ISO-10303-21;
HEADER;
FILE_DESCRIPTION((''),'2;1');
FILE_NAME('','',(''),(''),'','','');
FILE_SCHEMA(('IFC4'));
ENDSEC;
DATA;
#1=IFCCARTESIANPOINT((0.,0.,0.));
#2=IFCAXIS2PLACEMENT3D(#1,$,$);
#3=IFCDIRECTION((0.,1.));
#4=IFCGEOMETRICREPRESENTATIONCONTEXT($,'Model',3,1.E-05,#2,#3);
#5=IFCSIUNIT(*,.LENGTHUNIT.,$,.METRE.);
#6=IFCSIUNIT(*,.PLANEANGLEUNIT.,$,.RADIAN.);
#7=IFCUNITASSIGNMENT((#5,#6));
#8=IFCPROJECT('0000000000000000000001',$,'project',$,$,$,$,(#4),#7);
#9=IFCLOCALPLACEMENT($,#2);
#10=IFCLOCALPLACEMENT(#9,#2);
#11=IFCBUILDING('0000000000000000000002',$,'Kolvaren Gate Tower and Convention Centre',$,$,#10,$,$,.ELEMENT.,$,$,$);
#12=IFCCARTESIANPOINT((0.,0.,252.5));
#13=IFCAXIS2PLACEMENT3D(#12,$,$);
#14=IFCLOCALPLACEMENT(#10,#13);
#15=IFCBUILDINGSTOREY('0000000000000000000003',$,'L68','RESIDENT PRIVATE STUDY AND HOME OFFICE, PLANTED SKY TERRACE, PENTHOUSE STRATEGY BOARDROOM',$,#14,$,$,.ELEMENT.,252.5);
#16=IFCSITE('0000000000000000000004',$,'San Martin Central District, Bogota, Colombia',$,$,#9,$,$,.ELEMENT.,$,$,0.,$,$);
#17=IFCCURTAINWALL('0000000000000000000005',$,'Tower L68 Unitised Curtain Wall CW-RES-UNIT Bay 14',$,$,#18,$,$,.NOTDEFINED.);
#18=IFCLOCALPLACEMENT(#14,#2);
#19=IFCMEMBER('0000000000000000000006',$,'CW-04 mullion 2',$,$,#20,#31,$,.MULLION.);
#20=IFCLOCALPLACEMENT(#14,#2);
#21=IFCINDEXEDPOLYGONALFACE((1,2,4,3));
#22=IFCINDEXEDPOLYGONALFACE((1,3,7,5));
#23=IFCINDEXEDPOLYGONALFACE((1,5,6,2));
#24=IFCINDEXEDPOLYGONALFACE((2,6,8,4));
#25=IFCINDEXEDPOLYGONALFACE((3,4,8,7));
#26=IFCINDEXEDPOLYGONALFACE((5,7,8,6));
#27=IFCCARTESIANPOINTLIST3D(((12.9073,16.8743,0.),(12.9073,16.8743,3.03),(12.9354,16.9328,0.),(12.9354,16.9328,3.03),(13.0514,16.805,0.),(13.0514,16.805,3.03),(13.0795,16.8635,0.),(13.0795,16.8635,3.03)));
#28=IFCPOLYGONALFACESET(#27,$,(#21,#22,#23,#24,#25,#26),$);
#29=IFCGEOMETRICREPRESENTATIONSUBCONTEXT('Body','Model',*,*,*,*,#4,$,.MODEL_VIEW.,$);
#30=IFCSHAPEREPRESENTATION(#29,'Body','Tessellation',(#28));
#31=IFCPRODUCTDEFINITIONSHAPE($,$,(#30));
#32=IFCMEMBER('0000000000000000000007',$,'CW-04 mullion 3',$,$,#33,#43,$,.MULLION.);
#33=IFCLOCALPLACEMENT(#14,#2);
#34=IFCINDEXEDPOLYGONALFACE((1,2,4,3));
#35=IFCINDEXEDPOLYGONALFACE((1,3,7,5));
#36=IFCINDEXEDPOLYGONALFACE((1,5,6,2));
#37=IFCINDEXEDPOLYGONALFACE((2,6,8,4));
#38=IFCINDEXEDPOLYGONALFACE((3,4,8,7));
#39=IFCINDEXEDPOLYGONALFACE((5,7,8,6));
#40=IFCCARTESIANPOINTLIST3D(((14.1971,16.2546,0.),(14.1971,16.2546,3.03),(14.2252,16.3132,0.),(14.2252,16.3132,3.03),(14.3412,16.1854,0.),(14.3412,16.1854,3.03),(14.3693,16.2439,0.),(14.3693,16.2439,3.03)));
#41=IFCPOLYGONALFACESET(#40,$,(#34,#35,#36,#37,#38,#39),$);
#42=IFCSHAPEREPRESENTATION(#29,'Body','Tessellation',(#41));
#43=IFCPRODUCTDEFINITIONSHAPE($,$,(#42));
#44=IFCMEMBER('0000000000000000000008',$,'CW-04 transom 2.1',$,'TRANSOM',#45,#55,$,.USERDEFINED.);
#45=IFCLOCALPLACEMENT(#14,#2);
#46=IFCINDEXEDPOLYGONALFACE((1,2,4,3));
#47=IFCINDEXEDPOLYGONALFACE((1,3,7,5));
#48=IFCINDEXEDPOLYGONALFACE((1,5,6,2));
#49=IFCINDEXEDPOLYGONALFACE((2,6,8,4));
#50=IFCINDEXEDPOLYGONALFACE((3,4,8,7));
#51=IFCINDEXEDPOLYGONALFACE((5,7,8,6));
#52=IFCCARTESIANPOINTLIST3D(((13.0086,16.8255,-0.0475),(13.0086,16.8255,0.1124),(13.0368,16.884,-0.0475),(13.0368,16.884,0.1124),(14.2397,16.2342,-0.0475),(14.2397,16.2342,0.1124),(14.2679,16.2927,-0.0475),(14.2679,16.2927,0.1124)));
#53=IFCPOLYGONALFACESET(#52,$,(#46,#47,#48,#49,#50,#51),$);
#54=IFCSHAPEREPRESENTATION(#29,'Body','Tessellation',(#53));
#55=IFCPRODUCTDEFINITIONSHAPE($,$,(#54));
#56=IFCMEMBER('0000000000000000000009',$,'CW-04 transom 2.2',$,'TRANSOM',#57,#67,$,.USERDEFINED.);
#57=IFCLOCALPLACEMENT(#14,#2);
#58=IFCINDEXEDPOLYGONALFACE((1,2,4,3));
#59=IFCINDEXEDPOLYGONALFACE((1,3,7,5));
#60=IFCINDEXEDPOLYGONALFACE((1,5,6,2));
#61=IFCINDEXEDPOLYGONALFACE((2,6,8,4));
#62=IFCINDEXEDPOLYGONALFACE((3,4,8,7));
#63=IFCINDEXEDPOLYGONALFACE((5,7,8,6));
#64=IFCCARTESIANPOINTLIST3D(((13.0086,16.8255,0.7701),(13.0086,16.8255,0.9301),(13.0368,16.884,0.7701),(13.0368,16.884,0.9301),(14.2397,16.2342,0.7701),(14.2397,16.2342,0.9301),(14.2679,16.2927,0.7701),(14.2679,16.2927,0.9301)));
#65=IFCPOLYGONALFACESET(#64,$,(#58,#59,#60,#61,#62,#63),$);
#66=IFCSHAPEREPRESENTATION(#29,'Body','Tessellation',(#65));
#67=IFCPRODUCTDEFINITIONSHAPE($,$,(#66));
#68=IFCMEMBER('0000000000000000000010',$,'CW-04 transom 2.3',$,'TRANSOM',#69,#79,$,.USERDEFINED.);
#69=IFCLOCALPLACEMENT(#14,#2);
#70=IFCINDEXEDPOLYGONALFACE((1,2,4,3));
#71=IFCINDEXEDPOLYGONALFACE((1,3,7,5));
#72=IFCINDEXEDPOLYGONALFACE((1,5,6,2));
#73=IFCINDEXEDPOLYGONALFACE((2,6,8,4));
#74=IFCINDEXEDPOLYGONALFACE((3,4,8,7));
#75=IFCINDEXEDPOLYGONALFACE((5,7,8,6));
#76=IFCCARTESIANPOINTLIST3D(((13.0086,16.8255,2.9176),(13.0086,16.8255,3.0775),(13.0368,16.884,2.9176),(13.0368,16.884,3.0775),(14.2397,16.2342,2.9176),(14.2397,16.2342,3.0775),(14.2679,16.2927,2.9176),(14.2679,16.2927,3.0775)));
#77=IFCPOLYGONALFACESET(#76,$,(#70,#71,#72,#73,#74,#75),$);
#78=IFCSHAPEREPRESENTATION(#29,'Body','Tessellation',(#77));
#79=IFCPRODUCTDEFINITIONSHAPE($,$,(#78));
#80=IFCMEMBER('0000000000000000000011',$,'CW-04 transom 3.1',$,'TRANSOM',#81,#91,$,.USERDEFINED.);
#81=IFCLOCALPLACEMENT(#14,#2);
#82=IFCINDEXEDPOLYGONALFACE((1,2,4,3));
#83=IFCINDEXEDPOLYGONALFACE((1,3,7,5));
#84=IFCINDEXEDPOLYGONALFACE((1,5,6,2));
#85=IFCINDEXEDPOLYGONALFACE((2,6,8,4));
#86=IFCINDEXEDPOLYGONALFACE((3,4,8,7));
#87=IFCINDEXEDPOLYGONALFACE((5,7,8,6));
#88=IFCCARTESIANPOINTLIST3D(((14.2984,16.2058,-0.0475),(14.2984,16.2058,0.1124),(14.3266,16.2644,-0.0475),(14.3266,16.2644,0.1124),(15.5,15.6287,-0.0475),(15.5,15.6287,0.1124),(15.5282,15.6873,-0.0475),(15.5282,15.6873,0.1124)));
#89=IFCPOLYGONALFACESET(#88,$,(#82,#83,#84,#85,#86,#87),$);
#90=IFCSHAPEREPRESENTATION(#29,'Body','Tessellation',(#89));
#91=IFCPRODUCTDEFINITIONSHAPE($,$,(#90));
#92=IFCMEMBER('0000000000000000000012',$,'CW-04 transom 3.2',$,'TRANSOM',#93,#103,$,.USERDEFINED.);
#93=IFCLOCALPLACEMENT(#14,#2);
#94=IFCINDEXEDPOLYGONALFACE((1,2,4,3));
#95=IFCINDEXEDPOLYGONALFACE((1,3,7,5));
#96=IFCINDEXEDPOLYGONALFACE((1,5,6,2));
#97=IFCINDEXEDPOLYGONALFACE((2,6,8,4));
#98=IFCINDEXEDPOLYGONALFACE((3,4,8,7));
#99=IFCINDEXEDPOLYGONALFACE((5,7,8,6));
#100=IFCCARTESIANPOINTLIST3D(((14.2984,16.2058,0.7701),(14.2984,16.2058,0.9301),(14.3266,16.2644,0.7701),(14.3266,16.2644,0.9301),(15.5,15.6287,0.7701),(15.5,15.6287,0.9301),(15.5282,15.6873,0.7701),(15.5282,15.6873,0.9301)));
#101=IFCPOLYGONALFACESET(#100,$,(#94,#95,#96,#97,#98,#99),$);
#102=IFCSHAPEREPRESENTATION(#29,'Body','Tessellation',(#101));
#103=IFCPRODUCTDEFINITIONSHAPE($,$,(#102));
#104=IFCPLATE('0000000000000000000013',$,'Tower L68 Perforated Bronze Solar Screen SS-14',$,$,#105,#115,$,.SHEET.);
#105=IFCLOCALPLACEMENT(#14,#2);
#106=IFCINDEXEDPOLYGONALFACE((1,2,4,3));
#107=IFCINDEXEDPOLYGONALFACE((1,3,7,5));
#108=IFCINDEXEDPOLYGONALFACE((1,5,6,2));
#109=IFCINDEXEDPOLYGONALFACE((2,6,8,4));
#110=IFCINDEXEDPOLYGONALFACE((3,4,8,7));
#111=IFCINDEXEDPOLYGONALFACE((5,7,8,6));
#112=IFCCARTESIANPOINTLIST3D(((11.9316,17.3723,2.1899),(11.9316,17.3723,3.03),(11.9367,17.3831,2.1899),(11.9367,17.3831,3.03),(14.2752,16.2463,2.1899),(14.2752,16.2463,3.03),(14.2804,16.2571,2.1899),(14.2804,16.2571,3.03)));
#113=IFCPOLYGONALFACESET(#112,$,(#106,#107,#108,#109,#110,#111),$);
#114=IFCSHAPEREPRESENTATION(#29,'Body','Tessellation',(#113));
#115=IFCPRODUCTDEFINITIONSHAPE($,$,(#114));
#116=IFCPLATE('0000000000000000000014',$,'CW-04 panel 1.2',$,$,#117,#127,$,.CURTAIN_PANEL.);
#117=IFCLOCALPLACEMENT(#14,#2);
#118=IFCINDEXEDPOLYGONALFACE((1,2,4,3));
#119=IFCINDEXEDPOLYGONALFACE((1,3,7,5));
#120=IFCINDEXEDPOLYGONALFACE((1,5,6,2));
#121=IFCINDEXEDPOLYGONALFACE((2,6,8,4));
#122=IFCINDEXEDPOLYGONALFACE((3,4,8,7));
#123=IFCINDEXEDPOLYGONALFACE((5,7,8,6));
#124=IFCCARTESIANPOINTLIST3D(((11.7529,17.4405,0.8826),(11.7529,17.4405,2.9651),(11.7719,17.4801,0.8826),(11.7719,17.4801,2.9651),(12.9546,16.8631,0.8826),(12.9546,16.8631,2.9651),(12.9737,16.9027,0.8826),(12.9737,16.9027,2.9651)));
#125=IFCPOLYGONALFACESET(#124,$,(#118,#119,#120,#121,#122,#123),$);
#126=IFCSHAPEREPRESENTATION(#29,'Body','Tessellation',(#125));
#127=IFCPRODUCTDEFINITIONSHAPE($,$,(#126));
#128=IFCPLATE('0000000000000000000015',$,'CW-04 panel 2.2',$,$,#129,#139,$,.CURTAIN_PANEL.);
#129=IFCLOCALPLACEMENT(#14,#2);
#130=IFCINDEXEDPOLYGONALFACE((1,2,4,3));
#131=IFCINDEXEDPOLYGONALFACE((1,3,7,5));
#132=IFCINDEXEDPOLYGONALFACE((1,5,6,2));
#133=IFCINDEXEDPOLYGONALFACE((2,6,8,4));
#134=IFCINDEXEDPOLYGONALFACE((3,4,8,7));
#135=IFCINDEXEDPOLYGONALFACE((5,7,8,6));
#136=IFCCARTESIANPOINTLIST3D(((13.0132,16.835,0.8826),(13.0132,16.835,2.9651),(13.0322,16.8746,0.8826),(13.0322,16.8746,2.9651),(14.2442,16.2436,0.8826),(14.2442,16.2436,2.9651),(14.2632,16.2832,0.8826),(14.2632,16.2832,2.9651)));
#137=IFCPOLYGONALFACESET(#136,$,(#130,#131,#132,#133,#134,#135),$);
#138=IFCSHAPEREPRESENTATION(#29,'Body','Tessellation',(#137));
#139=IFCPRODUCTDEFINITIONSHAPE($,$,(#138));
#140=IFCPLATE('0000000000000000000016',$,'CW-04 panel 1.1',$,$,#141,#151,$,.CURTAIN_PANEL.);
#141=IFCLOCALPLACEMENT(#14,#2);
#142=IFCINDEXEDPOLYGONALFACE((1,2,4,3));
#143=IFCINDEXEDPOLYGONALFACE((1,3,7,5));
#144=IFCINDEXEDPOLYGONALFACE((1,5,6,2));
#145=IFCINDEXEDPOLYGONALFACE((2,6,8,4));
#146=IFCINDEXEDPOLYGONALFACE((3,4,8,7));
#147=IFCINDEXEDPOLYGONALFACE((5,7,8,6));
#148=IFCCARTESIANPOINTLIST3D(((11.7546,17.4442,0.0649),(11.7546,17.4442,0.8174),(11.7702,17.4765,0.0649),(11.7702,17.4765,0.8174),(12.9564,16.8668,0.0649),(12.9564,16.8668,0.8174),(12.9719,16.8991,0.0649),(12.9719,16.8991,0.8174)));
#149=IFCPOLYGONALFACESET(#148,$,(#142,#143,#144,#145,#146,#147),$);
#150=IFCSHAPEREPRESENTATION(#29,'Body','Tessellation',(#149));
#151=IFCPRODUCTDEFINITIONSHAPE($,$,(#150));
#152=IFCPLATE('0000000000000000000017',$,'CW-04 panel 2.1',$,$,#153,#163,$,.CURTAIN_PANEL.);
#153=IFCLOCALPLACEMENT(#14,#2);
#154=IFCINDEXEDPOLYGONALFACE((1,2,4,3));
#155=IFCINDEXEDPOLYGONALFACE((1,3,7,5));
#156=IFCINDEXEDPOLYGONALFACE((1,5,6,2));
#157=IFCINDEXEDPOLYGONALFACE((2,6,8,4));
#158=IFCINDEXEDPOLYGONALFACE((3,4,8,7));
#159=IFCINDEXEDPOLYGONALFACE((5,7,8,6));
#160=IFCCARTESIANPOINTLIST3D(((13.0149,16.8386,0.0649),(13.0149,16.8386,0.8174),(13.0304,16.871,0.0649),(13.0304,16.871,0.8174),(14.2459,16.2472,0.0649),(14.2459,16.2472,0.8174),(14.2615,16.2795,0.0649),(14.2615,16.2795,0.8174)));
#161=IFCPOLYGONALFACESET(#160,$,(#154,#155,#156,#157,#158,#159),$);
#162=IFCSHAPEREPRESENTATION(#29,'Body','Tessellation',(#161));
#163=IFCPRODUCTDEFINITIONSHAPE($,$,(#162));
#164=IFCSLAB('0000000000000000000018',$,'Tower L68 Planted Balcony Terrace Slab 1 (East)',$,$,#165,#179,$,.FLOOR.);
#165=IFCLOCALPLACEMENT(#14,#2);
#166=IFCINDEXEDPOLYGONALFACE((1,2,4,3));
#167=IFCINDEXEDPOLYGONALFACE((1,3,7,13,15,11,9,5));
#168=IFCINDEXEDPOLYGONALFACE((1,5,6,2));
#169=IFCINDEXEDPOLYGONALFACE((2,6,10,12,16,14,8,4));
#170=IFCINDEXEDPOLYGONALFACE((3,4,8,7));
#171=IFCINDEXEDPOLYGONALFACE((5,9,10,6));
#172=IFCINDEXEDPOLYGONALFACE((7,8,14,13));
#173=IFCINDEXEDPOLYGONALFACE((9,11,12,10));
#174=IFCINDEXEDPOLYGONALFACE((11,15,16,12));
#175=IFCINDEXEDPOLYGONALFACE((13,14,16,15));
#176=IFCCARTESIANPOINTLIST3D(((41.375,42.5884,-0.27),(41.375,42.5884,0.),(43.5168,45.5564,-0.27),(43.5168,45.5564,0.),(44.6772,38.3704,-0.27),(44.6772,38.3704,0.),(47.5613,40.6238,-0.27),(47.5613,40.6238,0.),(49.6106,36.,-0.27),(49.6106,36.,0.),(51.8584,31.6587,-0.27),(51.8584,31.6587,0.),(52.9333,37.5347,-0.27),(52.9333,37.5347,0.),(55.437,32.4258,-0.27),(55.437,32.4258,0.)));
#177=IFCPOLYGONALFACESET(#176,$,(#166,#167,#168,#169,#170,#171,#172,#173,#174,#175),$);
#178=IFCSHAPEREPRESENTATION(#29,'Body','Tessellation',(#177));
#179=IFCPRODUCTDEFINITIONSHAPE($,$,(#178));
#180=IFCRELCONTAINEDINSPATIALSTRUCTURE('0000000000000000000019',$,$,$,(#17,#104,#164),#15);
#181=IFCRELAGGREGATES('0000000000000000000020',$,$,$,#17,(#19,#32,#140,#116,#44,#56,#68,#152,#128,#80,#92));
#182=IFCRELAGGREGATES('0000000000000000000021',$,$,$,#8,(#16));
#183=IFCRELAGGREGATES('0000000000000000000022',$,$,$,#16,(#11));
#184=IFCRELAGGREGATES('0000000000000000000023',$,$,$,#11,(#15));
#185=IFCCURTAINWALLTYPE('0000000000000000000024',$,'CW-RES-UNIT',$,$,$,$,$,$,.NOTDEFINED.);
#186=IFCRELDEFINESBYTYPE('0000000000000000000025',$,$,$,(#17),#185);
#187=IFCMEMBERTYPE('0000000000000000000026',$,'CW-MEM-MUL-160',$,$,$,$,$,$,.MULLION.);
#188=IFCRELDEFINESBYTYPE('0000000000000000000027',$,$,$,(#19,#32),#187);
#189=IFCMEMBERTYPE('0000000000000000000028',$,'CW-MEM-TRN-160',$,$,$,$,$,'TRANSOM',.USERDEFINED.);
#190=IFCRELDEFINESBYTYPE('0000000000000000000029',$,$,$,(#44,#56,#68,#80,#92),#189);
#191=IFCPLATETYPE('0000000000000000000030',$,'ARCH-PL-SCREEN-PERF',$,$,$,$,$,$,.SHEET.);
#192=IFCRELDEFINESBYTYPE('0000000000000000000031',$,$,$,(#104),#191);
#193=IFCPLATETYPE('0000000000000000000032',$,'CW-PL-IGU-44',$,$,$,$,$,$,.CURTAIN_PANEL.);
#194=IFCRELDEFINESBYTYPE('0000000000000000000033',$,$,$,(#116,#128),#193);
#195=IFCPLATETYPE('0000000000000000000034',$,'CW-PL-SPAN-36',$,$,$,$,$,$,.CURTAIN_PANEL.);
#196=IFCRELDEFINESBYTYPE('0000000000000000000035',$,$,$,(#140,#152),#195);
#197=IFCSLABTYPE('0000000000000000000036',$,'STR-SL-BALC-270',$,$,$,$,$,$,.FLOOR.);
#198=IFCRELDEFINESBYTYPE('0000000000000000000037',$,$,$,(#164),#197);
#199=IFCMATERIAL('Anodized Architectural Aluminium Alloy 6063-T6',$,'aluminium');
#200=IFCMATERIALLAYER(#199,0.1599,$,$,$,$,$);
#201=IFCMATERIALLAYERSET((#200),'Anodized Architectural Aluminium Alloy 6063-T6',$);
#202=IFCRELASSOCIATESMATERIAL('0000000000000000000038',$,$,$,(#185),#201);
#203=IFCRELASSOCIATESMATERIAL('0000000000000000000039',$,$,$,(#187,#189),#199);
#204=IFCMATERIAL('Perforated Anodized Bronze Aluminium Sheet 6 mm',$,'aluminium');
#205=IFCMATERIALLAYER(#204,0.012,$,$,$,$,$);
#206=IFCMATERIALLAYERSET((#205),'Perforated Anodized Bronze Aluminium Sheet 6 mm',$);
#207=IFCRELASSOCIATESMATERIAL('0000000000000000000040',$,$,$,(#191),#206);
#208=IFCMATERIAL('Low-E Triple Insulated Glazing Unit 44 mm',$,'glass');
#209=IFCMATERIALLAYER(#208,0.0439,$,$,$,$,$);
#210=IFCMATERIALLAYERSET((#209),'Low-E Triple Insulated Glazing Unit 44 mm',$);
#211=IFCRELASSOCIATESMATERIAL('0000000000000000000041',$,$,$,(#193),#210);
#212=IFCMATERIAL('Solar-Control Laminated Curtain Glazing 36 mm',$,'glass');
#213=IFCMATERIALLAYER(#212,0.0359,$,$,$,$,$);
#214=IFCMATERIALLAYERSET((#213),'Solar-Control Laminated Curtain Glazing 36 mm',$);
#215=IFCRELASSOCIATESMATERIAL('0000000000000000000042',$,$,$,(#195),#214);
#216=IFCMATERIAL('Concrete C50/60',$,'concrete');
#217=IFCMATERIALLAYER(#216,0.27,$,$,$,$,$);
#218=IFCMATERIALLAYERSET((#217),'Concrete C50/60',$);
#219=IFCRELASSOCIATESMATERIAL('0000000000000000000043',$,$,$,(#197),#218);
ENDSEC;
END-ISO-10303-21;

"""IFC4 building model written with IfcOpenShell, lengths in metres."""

from ifc_helpers import new_model, si_unit, direction, frame, origin, origin_2d, place, context, subcontext, project, spatial, polyline, rectangle, outline, extrude, material, layer, layer_set, material_profile, profile_set, type_object, element, aggregate, save


model = new_model("IFC4")

# Units and contexts
model_context = context("Model", 3, precision=1e-05, world=origin(), true_north=direction((0.0, 1.0)))
body_context = subcontext(model_context, "Body", "Model", "MODEL_VIEW")
ifc_project = project(units=[si_unit("LENGTHUNIT", "METRE"), si_unit("PLANEANGLEUNIT", "RADIAN")], contexts=[model_context])

# Site, building, storey
site_placement = place(None, origin())
site = spatial("IfcSite", under=ifc_project, at=site_placement, Name="San Martin Central District, Bogota, Colombia", CompositionType="ELEMENT", RefElevation=0.0)
building_placement = place(site_placement, origin())
building = spatial("IfcBuilding", under=site, at=building_placement, Name="Kolvaren Gate Tower and Convention Centre", CompositionType="ELEMENT")
storey_placement = place(building_placement, frame((0.0, 0.0, 252.5)))
storey = spatial("IfcBuildingStorey", under=building, at=storey_placement, Name="L68", Description="RESIDENT PRIVATE STUDY AND HOME OFFICE, PLANTED SKY TERRACE, PENTHOUSE STRATEGY BOARDROOM", CompositionType="ELEMENT", Elevation=252.5)

# Curtain wall, members
ifc_material_1 = material(Name="Anodized Architectural Aluminium Alloy 6063-T6", Category="aluminium")
ifc_layer_1 = layer(ifc_material_1, 0.1599)
ifc_layer_set_1 = layer_set([ifc_layer_1], Name="Anodized Architectural Aluminium Alloy 6063-T6")
curtain_wall_type = type_object("IfcCurtainWallType", Name="CW-RES-UNIT", PredefinedType="NOTDEFINED", material=ifc_layer_set_1)
curtain_wall_placement = place(storey_placement, origin())
curtain_wall = element("IfcCurtainWall", 1, at=curtain_wall_placement, inside=storey, type_object=curtain_wall_type, Name="Tower L68 Unitised Curtain Wall CW-RES-UNIT Bay 14", PredefinedType="NOTDEFINED")
ifc_material_profile_1 = material_profile(ifc_material_1, rectangle(XDim=0.0649, YDim=0.1599, at=origin_2d()), Name="CW-MEM-MUL-160")
ifc_profile_set_1 = profile_set([ifc_material_profile_1], Name="Anodized Architectural Aluminium Alloy 6063-T6")
member_type_1 = type_object("IfcMemberType", Name="CW-MEM-MUL-160", PredefinedType="MULLION", material=ifc_profile_set_1)
member_1_placement = place(storey_placement, frame((12.9934, 16.8689, 0.0), z_axis=(0.0, 0.0, 1.0), x_axis=(0.433067, 0.901362, 0.0)))
member_1 = element("IfcMember", 2, at=member_1_placement, type_object=member_type_1, Name="CW-04 mullion 2", PredefinedType="MULLION", context=body_context, shape_type="SweptSolid", body=[
    extrude(rectangle(XDim=0.0649, YDim=0.1599, at=origin_2d()), origin(), (0.0, 0.0, 1.0), 3.03),
])
member_2_placement = place(storey_placement, frame((14.2832, 16.2493, 0.0), z_axis=(0.0, 0.0, 1.0), x_axis=(0.433067, 0.901362, 0.0)))
member_2 = element("IfcMember", 3, at=member_2_placement, type_object=member_type_1, Name="CW-04 mullion 3", PredefinedType="MULLION", context=body_context, shape_type="SweptSolid", body=[
    extrude(rectangle(XDim=0.0649, YDim=0.1599, at=origin_2d()), origin(), (0.0, 0.0, 1.0), 3.03),
])
ifc_material_profile_2 = material_profile(ifc_material_1, rectangle(XDim=0.0649, YDim=0.1599, at=origin_2d()), Name="CW-MEM-TRN-160")
ifc_profile_set_2 = profile_set([ifc_material_profile_2], Name="Anodized Architectural Aluminium Alloy 6063-T6")
member_type_2 = type_object("IfcMemberType", Name="CW-MEM-TRN-160", ElementType="TRANSOM", PredefinedType="USERDEFINED", material=ifc_profile_set_2)
member_3_placement = place(storey_placement, frame((13.0227, 16.8547, 0.0325), z_axis=(0.901428, -0.432929, 0.0), x_axis=(0.432929, 0.901428, 0.0)))
member_3 = element("IfcMember", 4, at=member_3_placement, type_object=member_type_2, Name="CW-04 transom 2.1", ObjectType="TRANSOM", PredefinedType="USERDEFINED", context=body_context, shape_type="SweptSolid", body=[
    extrude(rectangle(XDim=0.0649, YDim=0.1599, at=origin_2d()), origin(), (0.0, 0.0, 1.0), 1.3657),
])
member_4_placement = place(storey_placement, frame((13.0227, 16.8547, 0.8501), z_axis=(0.901428, -0.432929, 0.0), x_axis=(0.432929, 0.901428, 0.0)))
member_4 = element("IfcMember", 5, at=member_4_placement, type_object=member_type_2, Name="CW-04 transom 2.2", ObjectType="TRANSOM", PredefinedType="USERDEFINED", context=body_context, shape_type="SweptSolid", body=[
    extrude(rectangle(XDim=0.0649, YDim=0.1599, at=origin_2d()), origin(), (0.0, 0.0, 1.0), 1.3657),
])
member_5_placement = place(storey_placement, frame((13.0227, 16.8547, 2.9976), z_axis=(0.901428, -0.432929, 0.0), x_axis=(0.432929, 0.901428, 0.0)))
member_5 = element("IfcMember", 6, at=member_5_placement, type_object=member_type_2, Name="CW-04 transom 2.3", ObjectType="TRANSOM", PredefinedType="USERDEFINED", context=body_context, shape_type="SweptSolid", body=[
    extrude(rectangle(XDim=0.0649, YDim=0.1599, at=origin_2d()), origin(), (0.0, 0.0, 1.0), 1.3657),
])
member_6_placement = place(storey_placement, frame((14.3125, 16.2351, 0.0325), z_axis=(0.90142, -0.432945, 0.0), x_axis=(0.432945, 0.90142, 0.0)))
member_6 = element("IfcMember", 7, at=member_6_placement, type_object=member_type_2, Name="CW-04 transom 3.1", ObjectType="TRANSOM", PredefinedType="USERDEFINED", context=body_context, shape_type="SweptSolid", body=[
    extrude(rectangle(XDim=0.0649, YDim=0.1599, at=origin_2d()), origin(), (0.0, 0.0, 1.0), 1.333),
])
member_7_placement = place(storey_placement, frame((14.3125, 16.2351, 0.8501), z_axis=(0.90142, -0.432945, 0.0), x_axis=(0.432945, 0.90142, 0.0)))
member_7 = element("IfcMember", 8, at=member_7_placement, type_object=member_type_2, Name="CW-04 transom 3.2", ObjectType="TRANSOM", PredefinedType="USERDEFINED", context=body_context, shape_type="SweptSolid", body=[
    extrude(rectangle(XDim=0.0649, YDim=0.1599, at=origin_2d()), origin(), (0.0, 0.0, 1.0), 1.333),
])

# Plates
ifc_material_2 = material(Name="Perforated Anodized Bronze Aluminium Sheet 6 mm", Category="aluminium")
ifc_layer_2 = layer(ifc_material_2, 0.012)
ifc_layer_set_2 = layer_set([ifc_layer_2], Name="Perforated Anodized Bronze Aluminium Sheet 6 mm")
plate_type_1 = type_object("IfcPlateType", Name="ARCH-PL-SCREEN-PERF", PredefinedType="SHEET", material=ifc_layer_set_2)
plate_1_placement = place(storey_placement, frame((13.106, 16.8147, 2.1899), z_axis=(0.0, 0.0, 1.0), x_axis=(0.901358, -0.433076, 0.0)))
element("IfcPlate", 9, at=plate_1_placement, inside=storey, type_object=plate_type_1, Name="Tower L68 Perforated Bronze Solar Screen SS-14", PredefinedType="SHEET", context=body_context, shape_type="SweptSolid", body=[
    extrude(rectangle(XDim=2.6001, YDim=0.012, at=origin_2d()), origin(), (0.0, 0.0, 1.0), 0.8401),
])
ifc_material_3 = material(Name="Low-E Triple Insulated Glazing Unit 44 mm", Category="glass")
ifc_layer_3 = layer(ifc_material_3, 0.0439)
ifc_layer_set_3 = layer_set([ifc_layer_3], Name="Low-E Triple Insulated Glazing Unit 44 mm")
plate_type_2 = type_object("IfcPlateType", Name="CW-PL-IGU-44", PredefinedType="CURTAIN_PANEL", material=ifc_layer_set_3)
plate_2_placement = place(storey_placement, frame((12.3633, 17.1716, 0.8826), z_axis=(0.0, 0.0, 1.0), x_axis=(0.901362, -0.433067, 0.0)))
plate_2 = element("IfcPlate", 10, at=plate_2_placement, type_object=plate_type_2, Name="CW-04 panel 1.2", PredefinedType="CURTAIN_PANEL", context=body_context, shape_type="SweptSolid", body=[
    extrude(rectangle(XDim=1.3333, YDim=0.0439, at=origin_2d()), origin(), (0.0, 0.0, 1.0), 2.0825),
])
plate_3_placement = place(storey_placement, frame((13.6382, 16.5591, 0.8826), z_axis=(0.0, 0.0, 1.0), x_axis=(0.901362, -0.433067, 0.0)))
plate_3 = element("IfcPlate", 11, at=plate_3_placement, type_object=plate_type_2, Name="CW-04 panel 2.2", PredefinedType="CURTAIN_PANEL", context=body_context, shape_type="SweptSolid", body=[
    extrude(rectangle(XDim=1.3657, YDim=0.0439, at=origin_2d()), origin(), (0.0, 0.0, 1.0), 2.0825),
])
ifc_material_4 = material(Name="Solar-Control Laminated Curtain Glazing 36 mm", Category="glass")
ifc_layer_4 = layer(ifc_material_4, 0.0359)
ifc_layer_set_4 = layer_set([ifc_layer_4], Name="Solar-Control Laminated Curtain Glazing 36 mm")
plate_type_3 = type_object("IfcPlateType", Name="CW-PL-SPAN-36", PredefinedType="CURTAIN_PANEL", material=ifc_layer_set_4)
plate_4_placement = place(storey_placement, frame((12.3633, 17.1716, 0.0649), z_axis=(0.0, 0.0, 1.0), x_axis=(0.901362, -0.433067, 0.0)))
plate_4 = element("IfcPlate", 12, at=plate_4_placement, type_object=plate_type_3, Name="CW-04 panel 1.1", PredefinedType="CURTAIN_PANEL", context=body_context, shape_type="SweptSolid", body=[
    extrude(rectangle(XDim=1.3333, YDim=0.0359, at=origin_2d()), origin(), (0.0, 0.0, 1.0), 0.7524),
])
plate_5_placement = place(storey_placement, frame((13.6382, 16.5591, 0.0649), z_axis=(0.0, 0.0, 1.0), x_axis=(0.901362, -0.433067, 0.0)))
plate_5 = element("IfcPlate", 13, at=plate_5_placement, type_object=plate_type_3, Name="CW-04 panel 2.1", PredefinedType="CURTAIN_PANEL", context=body_context, shape_type="SweptSolid", body=[
    extrude(rectangle(XDim=1.3657, YDim=0.0359, at=origin_2d()), origin(), (0.0, 0.0, 1.0), 0.7524),
])
aggregate(curtain_wall, [member_1, member_2, plate_4, plate_2, member_3, member_4, member_5, plate_5, plate_3, member_6, member_7])

# Slab
ifc_material_5 = material(Name="Concrete C50/60", Category="concrete")
ifc_layer_5 = layer(ifc_material_5, 0.27)
ifc_layer_set_5 = layer_set([ifc_layer_5], Name="Concrete C50/60")
slab_type_1 = type_object("IfcSlabType", Name="STR-SL-BALC-270", PredefinedType="FLOOR", material=ifc_layer_set_5)
slab_1_placement = place(storey_placement, frame((0.0, 0.0, -0.27)))
element("IfcSlab", 14, at=slab_1_placement, inside=storey, type_object=slab_type_1, Name="Tower L68 Planted Balcony Terrace Slab 1 (East)", PredefinedType="FLOOR", context=body_context, shape_type="SweptSolid", body=[
    extrude(outline(polyline([(51.8584, 31.6587), (49.6106, 36.0), (44.6772, 38.3704), (41.375, 42.5884), (43.5168, 45.5564), (47.5613, 40.6238), (52.9333, 37.5347), (55.437, 32.4258), (51.8584, 31.6587)])), origin(), (0.0, 0.0, 1.0), 0.27),
])

save(model, "model.ifc")
